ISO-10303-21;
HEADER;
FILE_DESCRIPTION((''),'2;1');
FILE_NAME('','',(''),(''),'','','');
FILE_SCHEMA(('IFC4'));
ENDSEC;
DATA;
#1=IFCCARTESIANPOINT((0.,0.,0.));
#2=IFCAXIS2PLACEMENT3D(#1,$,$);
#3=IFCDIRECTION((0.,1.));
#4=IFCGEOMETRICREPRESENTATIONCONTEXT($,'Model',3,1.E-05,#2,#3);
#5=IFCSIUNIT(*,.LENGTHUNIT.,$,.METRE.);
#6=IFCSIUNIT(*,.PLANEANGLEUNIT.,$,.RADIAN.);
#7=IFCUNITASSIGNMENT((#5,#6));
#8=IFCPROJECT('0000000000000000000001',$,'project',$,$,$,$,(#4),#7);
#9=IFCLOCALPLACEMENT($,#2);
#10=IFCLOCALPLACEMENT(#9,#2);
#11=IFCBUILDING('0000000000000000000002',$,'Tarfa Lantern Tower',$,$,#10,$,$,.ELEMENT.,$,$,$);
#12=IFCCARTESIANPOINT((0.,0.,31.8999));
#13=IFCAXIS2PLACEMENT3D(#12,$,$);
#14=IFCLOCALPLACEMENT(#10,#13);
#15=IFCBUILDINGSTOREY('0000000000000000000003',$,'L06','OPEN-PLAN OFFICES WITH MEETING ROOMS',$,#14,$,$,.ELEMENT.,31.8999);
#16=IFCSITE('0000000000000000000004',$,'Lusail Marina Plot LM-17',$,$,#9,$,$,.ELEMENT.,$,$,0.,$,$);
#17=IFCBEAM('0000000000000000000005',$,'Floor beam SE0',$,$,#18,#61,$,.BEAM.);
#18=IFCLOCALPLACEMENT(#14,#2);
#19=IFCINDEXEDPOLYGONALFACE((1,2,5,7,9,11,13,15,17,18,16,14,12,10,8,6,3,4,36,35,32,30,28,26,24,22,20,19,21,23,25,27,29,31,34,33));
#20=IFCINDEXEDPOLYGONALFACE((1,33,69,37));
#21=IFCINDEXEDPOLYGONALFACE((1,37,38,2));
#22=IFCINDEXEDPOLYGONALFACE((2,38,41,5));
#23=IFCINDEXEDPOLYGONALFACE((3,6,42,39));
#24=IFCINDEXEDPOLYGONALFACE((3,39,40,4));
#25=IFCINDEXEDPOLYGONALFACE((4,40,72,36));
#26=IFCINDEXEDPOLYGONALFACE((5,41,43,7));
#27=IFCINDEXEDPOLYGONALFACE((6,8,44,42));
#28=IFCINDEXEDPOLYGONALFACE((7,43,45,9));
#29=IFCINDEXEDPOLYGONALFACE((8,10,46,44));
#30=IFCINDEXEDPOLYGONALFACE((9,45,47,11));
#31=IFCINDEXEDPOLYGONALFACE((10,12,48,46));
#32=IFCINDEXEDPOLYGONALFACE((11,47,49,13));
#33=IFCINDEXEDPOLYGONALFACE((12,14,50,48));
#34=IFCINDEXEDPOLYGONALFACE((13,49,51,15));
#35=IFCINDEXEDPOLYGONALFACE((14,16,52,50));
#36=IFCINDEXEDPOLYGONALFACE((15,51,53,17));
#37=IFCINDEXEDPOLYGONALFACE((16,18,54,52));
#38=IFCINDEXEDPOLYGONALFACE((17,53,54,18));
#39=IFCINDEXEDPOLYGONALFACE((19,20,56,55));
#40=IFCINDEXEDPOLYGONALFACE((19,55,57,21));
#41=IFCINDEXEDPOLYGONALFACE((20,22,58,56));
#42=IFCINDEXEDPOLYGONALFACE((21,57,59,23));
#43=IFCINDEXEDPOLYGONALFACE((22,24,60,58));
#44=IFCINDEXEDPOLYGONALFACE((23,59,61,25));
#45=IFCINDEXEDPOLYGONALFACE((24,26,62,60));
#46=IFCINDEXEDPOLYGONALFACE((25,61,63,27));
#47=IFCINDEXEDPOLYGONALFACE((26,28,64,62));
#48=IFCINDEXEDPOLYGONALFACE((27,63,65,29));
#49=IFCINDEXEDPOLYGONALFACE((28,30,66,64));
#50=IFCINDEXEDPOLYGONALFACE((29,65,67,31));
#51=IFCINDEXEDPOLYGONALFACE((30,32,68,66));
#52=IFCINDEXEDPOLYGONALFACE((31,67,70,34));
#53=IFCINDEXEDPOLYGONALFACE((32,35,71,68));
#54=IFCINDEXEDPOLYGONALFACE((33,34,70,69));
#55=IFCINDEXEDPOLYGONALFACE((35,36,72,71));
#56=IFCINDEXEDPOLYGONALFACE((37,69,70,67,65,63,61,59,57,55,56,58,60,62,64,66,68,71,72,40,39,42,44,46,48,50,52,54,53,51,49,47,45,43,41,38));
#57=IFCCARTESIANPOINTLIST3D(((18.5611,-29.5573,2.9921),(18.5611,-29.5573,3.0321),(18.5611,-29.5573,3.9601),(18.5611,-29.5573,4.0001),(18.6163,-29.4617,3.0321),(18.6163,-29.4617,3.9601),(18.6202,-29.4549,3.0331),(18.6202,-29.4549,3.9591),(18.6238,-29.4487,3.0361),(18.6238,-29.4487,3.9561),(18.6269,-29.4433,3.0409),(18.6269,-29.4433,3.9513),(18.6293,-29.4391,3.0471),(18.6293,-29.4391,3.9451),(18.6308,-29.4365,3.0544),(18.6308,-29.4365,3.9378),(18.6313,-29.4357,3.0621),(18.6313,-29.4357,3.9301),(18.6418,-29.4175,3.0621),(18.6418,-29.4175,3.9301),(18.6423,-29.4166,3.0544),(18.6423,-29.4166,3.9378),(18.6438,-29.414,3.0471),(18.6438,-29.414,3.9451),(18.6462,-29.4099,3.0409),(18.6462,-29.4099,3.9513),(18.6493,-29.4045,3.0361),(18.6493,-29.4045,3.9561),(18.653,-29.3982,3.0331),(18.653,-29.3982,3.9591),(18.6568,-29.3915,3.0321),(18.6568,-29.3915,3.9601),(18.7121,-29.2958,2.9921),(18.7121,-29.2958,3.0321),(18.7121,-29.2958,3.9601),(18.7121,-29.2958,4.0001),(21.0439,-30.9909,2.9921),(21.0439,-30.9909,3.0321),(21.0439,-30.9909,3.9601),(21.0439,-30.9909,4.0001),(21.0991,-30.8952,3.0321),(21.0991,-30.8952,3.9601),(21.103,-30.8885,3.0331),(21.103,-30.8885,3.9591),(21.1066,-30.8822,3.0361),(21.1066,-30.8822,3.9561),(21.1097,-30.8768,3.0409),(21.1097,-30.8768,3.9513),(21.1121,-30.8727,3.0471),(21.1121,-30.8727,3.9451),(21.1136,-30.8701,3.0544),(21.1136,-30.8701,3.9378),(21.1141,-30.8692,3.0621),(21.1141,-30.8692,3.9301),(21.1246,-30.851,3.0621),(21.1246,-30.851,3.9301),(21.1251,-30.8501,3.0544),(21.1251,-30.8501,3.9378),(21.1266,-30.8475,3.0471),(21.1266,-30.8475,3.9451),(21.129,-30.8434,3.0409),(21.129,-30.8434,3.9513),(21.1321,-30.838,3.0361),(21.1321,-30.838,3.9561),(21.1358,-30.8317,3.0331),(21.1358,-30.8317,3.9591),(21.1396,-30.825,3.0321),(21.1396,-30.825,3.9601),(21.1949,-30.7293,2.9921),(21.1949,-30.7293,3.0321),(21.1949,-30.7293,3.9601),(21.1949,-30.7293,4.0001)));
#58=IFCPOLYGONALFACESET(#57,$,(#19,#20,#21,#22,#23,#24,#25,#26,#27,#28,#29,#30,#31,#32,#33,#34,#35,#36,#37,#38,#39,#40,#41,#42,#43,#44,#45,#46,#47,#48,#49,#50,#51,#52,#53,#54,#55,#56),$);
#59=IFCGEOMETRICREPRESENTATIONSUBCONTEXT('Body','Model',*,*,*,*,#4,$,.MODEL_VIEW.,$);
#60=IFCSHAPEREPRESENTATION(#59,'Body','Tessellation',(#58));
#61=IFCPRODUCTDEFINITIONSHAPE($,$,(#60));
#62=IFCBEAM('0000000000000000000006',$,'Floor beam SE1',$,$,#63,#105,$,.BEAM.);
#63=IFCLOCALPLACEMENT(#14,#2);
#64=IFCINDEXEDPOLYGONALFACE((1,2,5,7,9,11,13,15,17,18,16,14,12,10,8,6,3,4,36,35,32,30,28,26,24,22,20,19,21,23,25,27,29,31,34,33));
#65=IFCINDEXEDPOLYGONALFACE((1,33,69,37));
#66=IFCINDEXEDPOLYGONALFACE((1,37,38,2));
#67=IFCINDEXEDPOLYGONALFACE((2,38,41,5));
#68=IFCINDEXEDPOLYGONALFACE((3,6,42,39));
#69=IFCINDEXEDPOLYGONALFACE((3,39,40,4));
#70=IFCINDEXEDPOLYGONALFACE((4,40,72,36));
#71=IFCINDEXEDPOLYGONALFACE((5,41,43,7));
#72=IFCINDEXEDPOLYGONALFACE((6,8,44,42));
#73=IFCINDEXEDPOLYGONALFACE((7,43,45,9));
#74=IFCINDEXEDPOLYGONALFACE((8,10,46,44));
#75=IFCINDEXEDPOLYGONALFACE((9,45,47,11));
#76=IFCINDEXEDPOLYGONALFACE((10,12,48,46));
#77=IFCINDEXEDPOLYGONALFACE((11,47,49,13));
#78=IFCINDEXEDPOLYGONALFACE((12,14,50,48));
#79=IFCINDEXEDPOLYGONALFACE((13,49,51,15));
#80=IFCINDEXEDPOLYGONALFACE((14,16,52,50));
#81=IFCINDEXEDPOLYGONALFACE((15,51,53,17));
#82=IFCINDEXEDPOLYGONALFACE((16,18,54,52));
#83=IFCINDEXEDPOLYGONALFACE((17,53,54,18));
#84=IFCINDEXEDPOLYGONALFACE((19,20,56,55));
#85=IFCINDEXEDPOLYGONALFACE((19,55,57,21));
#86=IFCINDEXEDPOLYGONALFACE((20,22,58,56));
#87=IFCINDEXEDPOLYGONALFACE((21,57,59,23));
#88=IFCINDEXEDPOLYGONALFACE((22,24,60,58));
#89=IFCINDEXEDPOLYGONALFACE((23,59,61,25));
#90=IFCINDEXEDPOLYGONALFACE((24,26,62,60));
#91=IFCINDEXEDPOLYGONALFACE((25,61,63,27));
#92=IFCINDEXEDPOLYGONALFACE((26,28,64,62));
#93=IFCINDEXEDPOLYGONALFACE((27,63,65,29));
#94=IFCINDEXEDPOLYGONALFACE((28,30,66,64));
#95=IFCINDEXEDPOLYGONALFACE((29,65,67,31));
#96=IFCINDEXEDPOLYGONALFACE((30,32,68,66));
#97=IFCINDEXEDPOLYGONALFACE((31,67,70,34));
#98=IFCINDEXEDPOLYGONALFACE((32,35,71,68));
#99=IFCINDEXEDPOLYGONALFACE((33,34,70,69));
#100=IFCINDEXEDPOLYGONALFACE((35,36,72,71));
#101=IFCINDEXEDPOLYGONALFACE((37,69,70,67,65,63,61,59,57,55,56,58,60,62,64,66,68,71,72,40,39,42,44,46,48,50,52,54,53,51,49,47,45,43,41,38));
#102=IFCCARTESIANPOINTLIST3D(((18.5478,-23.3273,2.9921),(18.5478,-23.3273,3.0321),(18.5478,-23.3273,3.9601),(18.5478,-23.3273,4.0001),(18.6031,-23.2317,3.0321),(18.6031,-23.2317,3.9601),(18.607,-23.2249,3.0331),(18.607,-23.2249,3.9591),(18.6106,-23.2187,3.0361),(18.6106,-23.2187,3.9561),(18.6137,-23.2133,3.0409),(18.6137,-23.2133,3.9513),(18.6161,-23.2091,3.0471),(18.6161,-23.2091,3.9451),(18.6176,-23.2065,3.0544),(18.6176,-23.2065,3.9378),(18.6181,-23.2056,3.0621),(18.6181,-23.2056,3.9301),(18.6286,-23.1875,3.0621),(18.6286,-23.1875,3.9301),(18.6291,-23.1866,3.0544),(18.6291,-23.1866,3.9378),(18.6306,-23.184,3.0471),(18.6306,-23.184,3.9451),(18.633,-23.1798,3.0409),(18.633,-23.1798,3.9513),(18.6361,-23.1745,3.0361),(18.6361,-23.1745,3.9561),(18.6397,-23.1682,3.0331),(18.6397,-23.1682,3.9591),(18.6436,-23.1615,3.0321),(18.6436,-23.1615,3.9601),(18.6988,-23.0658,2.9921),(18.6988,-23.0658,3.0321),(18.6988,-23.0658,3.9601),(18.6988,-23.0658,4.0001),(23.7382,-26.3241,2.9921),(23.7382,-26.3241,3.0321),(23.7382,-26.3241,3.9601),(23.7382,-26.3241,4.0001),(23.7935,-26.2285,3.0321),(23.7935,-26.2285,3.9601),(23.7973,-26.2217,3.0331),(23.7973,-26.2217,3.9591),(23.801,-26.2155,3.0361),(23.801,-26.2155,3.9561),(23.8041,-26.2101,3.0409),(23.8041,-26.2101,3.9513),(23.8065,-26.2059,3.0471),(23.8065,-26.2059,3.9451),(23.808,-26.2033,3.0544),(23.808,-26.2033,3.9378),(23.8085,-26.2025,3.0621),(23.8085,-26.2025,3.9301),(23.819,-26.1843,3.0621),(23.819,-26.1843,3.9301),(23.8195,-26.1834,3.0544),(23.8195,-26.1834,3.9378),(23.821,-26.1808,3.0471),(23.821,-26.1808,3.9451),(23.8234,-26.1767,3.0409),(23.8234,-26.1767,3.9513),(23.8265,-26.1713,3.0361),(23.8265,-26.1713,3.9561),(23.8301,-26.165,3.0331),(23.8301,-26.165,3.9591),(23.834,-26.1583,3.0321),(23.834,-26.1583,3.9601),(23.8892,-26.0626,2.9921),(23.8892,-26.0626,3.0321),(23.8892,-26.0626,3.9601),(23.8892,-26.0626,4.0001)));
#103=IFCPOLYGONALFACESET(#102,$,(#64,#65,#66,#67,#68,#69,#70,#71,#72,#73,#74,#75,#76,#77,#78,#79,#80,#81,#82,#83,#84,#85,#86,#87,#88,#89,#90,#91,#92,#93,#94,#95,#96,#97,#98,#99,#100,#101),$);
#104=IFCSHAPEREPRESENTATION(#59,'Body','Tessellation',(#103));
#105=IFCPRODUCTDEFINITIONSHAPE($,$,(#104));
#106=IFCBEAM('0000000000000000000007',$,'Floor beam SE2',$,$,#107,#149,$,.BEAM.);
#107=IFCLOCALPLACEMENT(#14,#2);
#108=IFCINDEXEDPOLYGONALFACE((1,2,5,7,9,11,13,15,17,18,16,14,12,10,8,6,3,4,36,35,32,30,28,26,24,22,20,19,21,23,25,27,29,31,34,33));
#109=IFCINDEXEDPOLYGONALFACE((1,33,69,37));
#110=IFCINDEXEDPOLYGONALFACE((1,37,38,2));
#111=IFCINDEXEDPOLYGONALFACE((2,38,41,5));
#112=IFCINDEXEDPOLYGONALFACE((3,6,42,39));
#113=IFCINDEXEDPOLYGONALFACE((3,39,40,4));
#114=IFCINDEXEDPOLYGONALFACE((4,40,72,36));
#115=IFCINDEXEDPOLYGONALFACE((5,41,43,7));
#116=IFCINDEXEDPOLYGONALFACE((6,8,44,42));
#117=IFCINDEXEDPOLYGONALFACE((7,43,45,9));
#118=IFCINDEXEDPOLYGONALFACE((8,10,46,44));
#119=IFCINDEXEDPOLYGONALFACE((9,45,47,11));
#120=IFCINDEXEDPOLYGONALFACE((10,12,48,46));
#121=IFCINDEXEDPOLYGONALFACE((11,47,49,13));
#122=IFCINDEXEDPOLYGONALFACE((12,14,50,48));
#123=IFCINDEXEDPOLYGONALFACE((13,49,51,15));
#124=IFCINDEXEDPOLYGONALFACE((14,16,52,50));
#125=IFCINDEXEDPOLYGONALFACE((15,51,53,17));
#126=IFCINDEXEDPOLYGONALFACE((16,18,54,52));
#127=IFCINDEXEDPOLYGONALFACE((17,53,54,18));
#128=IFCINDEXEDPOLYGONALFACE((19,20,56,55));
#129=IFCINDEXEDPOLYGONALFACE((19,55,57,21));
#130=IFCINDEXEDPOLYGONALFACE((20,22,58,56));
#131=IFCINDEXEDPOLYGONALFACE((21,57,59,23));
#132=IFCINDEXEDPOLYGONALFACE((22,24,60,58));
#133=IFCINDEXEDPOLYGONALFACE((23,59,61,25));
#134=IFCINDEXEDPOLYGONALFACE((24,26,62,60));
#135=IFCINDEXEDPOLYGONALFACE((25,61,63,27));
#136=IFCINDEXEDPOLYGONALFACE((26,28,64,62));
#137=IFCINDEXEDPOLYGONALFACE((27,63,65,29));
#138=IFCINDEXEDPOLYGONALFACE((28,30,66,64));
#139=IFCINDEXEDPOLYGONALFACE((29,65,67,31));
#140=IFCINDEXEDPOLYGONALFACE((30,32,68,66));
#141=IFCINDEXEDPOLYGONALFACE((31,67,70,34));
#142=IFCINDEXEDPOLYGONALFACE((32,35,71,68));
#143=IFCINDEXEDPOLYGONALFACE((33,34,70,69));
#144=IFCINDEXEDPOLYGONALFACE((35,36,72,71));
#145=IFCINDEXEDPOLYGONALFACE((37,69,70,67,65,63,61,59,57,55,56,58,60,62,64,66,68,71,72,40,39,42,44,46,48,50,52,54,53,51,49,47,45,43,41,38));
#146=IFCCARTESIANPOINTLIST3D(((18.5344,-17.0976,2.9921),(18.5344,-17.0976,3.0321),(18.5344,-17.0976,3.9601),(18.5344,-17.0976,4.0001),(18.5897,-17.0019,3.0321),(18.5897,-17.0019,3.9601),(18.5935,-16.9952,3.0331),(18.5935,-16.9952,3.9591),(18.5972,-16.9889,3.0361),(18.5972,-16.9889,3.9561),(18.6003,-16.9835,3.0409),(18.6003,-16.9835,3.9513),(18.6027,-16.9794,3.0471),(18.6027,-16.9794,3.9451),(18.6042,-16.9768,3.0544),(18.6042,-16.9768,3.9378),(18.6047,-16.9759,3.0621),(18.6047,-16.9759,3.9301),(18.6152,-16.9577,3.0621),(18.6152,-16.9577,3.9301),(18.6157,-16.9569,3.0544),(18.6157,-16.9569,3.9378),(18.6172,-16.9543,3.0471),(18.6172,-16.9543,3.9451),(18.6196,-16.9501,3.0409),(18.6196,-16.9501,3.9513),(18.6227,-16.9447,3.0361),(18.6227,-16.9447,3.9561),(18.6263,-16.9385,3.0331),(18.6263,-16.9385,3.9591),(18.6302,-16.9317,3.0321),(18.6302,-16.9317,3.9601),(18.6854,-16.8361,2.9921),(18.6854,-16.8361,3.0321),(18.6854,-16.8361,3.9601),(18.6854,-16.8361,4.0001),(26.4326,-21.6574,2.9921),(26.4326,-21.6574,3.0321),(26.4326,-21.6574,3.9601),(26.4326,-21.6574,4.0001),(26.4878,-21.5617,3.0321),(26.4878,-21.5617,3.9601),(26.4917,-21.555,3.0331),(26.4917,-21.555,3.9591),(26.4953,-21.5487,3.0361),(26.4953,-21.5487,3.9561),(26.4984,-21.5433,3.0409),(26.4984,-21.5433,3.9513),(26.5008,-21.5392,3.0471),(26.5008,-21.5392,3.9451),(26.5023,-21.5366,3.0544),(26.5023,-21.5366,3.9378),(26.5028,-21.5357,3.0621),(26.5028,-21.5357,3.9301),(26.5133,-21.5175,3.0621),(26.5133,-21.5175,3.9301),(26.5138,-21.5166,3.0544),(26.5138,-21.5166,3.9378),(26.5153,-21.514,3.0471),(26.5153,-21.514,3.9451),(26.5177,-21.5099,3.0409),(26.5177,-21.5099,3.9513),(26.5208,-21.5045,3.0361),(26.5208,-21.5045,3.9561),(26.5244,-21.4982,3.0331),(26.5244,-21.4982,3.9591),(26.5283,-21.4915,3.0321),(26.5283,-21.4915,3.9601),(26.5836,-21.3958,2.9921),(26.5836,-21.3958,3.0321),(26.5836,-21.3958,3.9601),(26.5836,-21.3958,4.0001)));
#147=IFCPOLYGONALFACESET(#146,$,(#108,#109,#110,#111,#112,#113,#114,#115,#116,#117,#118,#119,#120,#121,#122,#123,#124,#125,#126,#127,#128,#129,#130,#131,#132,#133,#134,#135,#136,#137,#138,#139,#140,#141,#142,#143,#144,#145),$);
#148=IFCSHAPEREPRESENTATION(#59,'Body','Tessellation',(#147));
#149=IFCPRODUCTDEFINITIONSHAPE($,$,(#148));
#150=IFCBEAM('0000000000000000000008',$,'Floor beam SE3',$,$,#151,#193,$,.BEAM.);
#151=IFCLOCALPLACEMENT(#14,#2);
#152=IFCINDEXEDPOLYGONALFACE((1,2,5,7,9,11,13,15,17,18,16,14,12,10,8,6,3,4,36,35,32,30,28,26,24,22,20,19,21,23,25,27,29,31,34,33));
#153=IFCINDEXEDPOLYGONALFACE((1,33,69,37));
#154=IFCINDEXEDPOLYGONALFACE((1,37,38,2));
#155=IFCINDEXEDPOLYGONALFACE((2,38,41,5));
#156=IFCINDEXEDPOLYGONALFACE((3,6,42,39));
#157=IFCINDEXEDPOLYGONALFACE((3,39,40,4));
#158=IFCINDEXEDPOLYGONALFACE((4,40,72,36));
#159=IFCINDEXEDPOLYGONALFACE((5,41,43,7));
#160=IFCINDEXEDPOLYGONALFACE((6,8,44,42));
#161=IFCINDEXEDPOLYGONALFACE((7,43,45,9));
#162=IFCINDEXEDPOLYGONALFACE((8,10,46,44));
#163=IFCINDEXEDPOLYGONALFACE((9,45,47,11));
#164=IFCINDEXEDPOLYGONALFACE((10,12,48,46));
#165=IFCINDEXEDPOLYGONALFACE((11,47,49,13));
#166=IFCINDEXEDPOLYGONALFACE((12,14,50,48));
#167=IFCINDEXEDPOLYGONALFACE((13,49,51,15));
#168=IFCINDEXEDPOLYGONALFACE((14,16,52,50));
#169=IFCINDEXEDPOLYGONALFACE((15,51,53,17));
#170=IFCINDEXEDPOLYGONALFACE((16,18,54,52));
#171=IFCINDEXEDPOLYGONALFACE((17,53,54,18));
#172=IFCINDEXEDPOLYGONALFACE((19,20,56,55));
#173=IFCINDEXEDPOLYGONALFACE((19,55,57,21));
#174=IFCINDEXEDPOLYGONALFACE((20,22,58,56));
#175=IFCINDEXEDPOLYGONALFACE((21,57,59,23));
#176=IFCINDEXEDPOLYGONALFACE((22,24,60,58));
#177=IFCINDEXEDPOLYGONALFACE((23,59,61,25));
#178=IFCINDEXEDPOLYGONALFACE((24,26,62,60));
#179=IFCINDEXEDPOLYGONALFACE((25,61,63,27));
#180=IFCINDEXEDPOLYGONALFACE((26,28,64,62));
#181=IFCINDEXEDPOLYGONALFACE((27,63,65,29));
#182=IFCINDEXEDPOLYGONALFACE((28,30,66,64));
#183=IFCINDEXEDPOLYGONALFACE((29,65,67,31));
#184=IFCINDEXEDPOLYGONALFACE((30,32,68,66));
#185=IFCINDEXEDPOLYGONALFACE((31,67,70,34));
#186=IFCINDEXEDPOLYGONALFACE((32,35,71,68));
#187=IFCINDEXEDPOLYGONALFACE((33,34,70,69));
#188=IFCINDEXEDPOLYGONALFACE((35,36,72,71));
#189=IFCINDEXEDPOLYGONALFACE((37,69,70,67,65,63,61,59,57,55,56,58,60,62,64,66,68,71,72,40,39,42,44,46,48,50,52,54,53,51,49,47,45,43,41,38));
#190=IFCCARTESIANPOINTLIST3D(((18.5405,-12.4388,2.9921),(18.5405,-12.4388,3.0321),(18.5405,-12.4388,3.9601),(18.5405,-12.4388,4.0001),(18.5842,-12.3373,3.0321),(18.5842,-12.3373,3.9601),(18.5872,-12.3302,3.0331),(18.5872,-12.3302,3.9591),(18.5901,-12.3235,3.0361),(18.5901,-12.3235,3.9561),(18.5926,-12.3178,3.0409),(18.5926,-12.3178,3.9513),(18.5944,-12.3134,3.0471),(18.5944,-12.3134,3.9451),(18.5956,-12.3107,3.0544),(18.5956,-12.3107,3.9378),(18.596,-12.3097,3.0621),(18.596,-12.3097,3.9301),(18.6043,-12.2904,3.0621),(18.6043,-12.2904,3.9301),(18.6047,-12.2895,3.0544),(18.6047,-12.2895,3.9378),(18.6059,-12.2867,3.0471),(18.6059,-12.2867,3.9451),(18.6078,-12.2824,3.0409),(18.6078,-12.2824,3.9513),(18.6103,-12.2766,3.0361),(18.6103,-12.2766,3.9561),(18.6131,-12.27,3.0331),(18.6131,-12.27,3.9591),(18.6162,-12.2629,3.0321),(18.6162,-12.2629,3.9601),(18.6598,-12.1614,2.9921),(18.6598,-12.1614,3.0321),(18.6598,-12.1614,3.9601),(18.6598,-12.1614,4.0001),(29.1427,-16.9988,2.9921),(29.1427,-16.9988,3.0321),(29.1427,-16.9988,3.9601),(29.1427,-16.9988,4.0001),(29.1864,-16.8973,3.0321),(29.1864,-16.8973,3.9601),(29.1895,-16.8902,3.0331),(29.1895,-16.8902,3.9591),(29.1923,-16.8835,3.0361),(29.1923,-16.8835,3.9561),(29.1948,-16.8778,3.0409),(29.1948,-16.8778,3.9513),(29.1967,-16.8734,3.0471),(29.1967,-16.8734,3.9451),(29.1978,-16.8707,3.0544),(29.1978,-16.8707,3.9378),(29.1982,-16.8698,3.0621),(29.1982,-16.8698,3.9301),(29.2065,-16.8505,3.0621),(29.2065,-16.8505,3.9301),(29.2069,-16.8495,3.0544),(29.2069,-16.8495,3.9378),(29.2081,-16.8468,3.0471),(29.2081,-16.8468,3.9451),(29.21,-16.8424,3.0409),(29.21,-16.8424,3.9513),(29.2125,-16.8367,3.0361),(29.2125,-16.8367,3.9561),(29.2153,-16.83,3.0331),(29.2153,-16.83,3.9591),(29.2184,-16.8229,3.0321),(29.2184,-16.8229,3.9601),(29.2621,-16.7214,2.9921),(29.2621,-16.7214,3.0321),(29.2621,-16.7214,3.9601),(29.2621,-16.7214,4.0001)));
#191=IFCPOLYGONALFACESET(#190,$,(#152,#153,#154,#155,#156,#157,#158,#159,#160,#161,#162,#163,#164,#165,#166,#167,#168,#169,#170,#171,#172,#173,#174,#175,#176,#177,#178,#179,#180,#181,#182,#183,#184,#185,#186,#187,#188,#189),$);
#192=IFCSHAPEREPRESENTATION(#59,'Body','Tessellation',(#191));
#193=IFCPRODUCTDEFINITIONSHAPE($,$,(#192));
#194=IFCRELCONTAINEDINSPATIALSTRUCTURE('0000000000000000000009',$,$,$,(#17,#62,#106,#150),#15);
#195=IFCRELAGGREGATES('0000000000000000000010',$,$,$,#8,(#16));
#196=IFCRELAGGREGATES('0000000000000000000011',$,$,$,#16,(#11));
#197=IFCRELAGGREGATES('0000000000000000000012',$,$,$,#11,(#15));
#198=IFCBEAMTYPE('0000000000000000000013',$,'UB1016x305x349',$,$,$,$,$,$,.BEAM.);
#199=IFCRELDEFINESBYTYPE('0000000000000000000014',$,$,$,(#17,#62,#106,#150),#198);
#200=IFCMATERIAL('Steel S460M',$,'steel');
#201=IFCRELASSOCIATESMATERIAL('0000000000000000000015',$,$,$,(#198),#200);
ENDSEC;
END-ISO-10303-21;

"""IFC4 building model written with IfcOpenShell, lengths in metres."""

from ifc_helpers import new_model, si_unit, direction, frame, origin, origin_2d, place, context, subcontext, project, spatial, i_section, extrude, material, material_profile, profile_set, type_object, element, save


model = new_model("IFC4")

# Units and contexts
model_context = context("Model", 3, precision=1e-05, world=origin(), true_north=direction((0.0, 1.0)))
body_context = subcontext(model_context, "Body", "Model", "MODEL_VIEW")
ifc_project = project(units=[si_unit("LENGTHUNIT", "METRE"), si_unit("PLANEANGLEUNIT", "RADIAN")], contexts=[model_context])

# Site, building, storey
site_placement = place(None, origin())
site = spatial("IfcSite", under=ifc_project, at=site_placement, Name="Lusail Marina Plot LM-17", CompositionType="ELEMENT", RefElevation=0.0)
building_placement = place(site_placement, origin())
building = spatial("IfcBuilding", under=site, at=building_placement, Name="Tarfa Lantern Tower", CompositionType="ELEMENT")
storey_placement = place(building_placement, frame((0.0, 0.0, 31.8999)))
storey = spatial("IfcBuildingStorey", under=building, at=storey_placement, Name="L06", Description="OPEN-PLAN OFFICES WITH MEETING ROOMS", CompositionType="ELEMENT", Elevation=31.8999)

# Beams
ifc_material_1 = material(Name="Steel S460M", Category="steel")
ifc_material_profile_1 = material_profile(ifc_material_1, i_section(OverallWidth=0.302, OverallDepth=1.0081, WebThickness=0.021, FlangeThickness=0.04, FilletRadius=0.03, at=origin_2d()), Name="UB1016x305x349")
ifc_profile_set_1 = profile_set([ifc_material_profile_1], Name="Steel S460M")
beam_type_1 = type_object("IfcBeamType", Name="UB1016x305x349", PredefinedType="BEAM", material=ifc_profile_set_1)
beam_1_placement = place(storey_placement, frame((21.1194, -30.8601, 3.4961), z_axis=(-0.866013, 0.500022, 0.0), x_axis=(-0.500022, -0.866013, 0.0)))
element("IfcBeam", 1, at=beam_1_placement, inside=storey, type_object=beam_type_1, Name="Floor beam SE0", PredefinedType="BEAM", context=body_context, shape_type="SweptSolid", body=[
    extrude(i_section(OverallWidth=0.302, OverallDepth=1.0081, WebThickness=0.021, FlangeThickness=0.04, FilletRadius=0.03, at=origin_2d()), origin(), (0.0, 0.0, 1.0), 2.8669),
])
beam_2_placement = place(storey_placement, frame((23.8137, -26.1934, 3.4961), z_axis=(-0.866016, 0.500016, 0.0), x_axis=(-0.500016, -0.866016, 0.0)))
element("IfcBeam", 2, at=beam_2_placement, inside=storey, type_object=beam_type_1, Name="Floor beam SE1", PredefinedType="BEAM", context=body_context, shape_type="SweptSolid", body=[
    extrude(i_section(OverallWidth=0.302, OverallDepth=1.0081, WebThickness=0.021, FlangeThickness=0.04, FilletRadius=0.03, at=origin_2d()), origin(), (0.0, 0.0, 1.0), 5.9934),
])
beam_3_placement = place(storey_placement, frame((26.5081, -21.5266, 3.4961), z_axis=(-0.866035, 0.499983, 0.0), x_axis=(-0.499983, -0.866035, 0.0)))
element("IfcBeam", 3, at=beam_3_placement, inside=storey, type_object=beam_type_1, Name="Floor beam SE2", PredefinedType="BEAM", context=body_context, shape_type="SweptSolid", body=[
    extrude(i_section(OverallWidth=0.302, OverallDepth=1.0081, WebThickness=0.021, FlangeThickness=0.04, FilletRadius=0.03, at=origin_2d()), origin(), (0.0, 0.0, 1.0), 9.1199),
])
beam_4_placement = place(storey_placement, frame((29.2024, -16.8601, 3.4961), z_axis=(-0.918635, 0.395106, 0.0), x_axis=(-0.395106, -0.918635, 0.0)))
element("IfcBeam", 4, at=beam_4_placement, inside=storey, type_object=beam_type_1, Name="Floor beam SE3", PredefinedType="BEAM", context=body_context, shape_type="SweptSolid", body=[
    extrude(i_section(OverallWidth=0.302, OverallDepth=1.0081, WebThickness=0.021, FlangeThickness=0.04, FilletRadius=0.03, at=origin_2d()), origin(), (0.0, 0.0, 1.0), 11.5413),
])

save(model, "model.ifc")
